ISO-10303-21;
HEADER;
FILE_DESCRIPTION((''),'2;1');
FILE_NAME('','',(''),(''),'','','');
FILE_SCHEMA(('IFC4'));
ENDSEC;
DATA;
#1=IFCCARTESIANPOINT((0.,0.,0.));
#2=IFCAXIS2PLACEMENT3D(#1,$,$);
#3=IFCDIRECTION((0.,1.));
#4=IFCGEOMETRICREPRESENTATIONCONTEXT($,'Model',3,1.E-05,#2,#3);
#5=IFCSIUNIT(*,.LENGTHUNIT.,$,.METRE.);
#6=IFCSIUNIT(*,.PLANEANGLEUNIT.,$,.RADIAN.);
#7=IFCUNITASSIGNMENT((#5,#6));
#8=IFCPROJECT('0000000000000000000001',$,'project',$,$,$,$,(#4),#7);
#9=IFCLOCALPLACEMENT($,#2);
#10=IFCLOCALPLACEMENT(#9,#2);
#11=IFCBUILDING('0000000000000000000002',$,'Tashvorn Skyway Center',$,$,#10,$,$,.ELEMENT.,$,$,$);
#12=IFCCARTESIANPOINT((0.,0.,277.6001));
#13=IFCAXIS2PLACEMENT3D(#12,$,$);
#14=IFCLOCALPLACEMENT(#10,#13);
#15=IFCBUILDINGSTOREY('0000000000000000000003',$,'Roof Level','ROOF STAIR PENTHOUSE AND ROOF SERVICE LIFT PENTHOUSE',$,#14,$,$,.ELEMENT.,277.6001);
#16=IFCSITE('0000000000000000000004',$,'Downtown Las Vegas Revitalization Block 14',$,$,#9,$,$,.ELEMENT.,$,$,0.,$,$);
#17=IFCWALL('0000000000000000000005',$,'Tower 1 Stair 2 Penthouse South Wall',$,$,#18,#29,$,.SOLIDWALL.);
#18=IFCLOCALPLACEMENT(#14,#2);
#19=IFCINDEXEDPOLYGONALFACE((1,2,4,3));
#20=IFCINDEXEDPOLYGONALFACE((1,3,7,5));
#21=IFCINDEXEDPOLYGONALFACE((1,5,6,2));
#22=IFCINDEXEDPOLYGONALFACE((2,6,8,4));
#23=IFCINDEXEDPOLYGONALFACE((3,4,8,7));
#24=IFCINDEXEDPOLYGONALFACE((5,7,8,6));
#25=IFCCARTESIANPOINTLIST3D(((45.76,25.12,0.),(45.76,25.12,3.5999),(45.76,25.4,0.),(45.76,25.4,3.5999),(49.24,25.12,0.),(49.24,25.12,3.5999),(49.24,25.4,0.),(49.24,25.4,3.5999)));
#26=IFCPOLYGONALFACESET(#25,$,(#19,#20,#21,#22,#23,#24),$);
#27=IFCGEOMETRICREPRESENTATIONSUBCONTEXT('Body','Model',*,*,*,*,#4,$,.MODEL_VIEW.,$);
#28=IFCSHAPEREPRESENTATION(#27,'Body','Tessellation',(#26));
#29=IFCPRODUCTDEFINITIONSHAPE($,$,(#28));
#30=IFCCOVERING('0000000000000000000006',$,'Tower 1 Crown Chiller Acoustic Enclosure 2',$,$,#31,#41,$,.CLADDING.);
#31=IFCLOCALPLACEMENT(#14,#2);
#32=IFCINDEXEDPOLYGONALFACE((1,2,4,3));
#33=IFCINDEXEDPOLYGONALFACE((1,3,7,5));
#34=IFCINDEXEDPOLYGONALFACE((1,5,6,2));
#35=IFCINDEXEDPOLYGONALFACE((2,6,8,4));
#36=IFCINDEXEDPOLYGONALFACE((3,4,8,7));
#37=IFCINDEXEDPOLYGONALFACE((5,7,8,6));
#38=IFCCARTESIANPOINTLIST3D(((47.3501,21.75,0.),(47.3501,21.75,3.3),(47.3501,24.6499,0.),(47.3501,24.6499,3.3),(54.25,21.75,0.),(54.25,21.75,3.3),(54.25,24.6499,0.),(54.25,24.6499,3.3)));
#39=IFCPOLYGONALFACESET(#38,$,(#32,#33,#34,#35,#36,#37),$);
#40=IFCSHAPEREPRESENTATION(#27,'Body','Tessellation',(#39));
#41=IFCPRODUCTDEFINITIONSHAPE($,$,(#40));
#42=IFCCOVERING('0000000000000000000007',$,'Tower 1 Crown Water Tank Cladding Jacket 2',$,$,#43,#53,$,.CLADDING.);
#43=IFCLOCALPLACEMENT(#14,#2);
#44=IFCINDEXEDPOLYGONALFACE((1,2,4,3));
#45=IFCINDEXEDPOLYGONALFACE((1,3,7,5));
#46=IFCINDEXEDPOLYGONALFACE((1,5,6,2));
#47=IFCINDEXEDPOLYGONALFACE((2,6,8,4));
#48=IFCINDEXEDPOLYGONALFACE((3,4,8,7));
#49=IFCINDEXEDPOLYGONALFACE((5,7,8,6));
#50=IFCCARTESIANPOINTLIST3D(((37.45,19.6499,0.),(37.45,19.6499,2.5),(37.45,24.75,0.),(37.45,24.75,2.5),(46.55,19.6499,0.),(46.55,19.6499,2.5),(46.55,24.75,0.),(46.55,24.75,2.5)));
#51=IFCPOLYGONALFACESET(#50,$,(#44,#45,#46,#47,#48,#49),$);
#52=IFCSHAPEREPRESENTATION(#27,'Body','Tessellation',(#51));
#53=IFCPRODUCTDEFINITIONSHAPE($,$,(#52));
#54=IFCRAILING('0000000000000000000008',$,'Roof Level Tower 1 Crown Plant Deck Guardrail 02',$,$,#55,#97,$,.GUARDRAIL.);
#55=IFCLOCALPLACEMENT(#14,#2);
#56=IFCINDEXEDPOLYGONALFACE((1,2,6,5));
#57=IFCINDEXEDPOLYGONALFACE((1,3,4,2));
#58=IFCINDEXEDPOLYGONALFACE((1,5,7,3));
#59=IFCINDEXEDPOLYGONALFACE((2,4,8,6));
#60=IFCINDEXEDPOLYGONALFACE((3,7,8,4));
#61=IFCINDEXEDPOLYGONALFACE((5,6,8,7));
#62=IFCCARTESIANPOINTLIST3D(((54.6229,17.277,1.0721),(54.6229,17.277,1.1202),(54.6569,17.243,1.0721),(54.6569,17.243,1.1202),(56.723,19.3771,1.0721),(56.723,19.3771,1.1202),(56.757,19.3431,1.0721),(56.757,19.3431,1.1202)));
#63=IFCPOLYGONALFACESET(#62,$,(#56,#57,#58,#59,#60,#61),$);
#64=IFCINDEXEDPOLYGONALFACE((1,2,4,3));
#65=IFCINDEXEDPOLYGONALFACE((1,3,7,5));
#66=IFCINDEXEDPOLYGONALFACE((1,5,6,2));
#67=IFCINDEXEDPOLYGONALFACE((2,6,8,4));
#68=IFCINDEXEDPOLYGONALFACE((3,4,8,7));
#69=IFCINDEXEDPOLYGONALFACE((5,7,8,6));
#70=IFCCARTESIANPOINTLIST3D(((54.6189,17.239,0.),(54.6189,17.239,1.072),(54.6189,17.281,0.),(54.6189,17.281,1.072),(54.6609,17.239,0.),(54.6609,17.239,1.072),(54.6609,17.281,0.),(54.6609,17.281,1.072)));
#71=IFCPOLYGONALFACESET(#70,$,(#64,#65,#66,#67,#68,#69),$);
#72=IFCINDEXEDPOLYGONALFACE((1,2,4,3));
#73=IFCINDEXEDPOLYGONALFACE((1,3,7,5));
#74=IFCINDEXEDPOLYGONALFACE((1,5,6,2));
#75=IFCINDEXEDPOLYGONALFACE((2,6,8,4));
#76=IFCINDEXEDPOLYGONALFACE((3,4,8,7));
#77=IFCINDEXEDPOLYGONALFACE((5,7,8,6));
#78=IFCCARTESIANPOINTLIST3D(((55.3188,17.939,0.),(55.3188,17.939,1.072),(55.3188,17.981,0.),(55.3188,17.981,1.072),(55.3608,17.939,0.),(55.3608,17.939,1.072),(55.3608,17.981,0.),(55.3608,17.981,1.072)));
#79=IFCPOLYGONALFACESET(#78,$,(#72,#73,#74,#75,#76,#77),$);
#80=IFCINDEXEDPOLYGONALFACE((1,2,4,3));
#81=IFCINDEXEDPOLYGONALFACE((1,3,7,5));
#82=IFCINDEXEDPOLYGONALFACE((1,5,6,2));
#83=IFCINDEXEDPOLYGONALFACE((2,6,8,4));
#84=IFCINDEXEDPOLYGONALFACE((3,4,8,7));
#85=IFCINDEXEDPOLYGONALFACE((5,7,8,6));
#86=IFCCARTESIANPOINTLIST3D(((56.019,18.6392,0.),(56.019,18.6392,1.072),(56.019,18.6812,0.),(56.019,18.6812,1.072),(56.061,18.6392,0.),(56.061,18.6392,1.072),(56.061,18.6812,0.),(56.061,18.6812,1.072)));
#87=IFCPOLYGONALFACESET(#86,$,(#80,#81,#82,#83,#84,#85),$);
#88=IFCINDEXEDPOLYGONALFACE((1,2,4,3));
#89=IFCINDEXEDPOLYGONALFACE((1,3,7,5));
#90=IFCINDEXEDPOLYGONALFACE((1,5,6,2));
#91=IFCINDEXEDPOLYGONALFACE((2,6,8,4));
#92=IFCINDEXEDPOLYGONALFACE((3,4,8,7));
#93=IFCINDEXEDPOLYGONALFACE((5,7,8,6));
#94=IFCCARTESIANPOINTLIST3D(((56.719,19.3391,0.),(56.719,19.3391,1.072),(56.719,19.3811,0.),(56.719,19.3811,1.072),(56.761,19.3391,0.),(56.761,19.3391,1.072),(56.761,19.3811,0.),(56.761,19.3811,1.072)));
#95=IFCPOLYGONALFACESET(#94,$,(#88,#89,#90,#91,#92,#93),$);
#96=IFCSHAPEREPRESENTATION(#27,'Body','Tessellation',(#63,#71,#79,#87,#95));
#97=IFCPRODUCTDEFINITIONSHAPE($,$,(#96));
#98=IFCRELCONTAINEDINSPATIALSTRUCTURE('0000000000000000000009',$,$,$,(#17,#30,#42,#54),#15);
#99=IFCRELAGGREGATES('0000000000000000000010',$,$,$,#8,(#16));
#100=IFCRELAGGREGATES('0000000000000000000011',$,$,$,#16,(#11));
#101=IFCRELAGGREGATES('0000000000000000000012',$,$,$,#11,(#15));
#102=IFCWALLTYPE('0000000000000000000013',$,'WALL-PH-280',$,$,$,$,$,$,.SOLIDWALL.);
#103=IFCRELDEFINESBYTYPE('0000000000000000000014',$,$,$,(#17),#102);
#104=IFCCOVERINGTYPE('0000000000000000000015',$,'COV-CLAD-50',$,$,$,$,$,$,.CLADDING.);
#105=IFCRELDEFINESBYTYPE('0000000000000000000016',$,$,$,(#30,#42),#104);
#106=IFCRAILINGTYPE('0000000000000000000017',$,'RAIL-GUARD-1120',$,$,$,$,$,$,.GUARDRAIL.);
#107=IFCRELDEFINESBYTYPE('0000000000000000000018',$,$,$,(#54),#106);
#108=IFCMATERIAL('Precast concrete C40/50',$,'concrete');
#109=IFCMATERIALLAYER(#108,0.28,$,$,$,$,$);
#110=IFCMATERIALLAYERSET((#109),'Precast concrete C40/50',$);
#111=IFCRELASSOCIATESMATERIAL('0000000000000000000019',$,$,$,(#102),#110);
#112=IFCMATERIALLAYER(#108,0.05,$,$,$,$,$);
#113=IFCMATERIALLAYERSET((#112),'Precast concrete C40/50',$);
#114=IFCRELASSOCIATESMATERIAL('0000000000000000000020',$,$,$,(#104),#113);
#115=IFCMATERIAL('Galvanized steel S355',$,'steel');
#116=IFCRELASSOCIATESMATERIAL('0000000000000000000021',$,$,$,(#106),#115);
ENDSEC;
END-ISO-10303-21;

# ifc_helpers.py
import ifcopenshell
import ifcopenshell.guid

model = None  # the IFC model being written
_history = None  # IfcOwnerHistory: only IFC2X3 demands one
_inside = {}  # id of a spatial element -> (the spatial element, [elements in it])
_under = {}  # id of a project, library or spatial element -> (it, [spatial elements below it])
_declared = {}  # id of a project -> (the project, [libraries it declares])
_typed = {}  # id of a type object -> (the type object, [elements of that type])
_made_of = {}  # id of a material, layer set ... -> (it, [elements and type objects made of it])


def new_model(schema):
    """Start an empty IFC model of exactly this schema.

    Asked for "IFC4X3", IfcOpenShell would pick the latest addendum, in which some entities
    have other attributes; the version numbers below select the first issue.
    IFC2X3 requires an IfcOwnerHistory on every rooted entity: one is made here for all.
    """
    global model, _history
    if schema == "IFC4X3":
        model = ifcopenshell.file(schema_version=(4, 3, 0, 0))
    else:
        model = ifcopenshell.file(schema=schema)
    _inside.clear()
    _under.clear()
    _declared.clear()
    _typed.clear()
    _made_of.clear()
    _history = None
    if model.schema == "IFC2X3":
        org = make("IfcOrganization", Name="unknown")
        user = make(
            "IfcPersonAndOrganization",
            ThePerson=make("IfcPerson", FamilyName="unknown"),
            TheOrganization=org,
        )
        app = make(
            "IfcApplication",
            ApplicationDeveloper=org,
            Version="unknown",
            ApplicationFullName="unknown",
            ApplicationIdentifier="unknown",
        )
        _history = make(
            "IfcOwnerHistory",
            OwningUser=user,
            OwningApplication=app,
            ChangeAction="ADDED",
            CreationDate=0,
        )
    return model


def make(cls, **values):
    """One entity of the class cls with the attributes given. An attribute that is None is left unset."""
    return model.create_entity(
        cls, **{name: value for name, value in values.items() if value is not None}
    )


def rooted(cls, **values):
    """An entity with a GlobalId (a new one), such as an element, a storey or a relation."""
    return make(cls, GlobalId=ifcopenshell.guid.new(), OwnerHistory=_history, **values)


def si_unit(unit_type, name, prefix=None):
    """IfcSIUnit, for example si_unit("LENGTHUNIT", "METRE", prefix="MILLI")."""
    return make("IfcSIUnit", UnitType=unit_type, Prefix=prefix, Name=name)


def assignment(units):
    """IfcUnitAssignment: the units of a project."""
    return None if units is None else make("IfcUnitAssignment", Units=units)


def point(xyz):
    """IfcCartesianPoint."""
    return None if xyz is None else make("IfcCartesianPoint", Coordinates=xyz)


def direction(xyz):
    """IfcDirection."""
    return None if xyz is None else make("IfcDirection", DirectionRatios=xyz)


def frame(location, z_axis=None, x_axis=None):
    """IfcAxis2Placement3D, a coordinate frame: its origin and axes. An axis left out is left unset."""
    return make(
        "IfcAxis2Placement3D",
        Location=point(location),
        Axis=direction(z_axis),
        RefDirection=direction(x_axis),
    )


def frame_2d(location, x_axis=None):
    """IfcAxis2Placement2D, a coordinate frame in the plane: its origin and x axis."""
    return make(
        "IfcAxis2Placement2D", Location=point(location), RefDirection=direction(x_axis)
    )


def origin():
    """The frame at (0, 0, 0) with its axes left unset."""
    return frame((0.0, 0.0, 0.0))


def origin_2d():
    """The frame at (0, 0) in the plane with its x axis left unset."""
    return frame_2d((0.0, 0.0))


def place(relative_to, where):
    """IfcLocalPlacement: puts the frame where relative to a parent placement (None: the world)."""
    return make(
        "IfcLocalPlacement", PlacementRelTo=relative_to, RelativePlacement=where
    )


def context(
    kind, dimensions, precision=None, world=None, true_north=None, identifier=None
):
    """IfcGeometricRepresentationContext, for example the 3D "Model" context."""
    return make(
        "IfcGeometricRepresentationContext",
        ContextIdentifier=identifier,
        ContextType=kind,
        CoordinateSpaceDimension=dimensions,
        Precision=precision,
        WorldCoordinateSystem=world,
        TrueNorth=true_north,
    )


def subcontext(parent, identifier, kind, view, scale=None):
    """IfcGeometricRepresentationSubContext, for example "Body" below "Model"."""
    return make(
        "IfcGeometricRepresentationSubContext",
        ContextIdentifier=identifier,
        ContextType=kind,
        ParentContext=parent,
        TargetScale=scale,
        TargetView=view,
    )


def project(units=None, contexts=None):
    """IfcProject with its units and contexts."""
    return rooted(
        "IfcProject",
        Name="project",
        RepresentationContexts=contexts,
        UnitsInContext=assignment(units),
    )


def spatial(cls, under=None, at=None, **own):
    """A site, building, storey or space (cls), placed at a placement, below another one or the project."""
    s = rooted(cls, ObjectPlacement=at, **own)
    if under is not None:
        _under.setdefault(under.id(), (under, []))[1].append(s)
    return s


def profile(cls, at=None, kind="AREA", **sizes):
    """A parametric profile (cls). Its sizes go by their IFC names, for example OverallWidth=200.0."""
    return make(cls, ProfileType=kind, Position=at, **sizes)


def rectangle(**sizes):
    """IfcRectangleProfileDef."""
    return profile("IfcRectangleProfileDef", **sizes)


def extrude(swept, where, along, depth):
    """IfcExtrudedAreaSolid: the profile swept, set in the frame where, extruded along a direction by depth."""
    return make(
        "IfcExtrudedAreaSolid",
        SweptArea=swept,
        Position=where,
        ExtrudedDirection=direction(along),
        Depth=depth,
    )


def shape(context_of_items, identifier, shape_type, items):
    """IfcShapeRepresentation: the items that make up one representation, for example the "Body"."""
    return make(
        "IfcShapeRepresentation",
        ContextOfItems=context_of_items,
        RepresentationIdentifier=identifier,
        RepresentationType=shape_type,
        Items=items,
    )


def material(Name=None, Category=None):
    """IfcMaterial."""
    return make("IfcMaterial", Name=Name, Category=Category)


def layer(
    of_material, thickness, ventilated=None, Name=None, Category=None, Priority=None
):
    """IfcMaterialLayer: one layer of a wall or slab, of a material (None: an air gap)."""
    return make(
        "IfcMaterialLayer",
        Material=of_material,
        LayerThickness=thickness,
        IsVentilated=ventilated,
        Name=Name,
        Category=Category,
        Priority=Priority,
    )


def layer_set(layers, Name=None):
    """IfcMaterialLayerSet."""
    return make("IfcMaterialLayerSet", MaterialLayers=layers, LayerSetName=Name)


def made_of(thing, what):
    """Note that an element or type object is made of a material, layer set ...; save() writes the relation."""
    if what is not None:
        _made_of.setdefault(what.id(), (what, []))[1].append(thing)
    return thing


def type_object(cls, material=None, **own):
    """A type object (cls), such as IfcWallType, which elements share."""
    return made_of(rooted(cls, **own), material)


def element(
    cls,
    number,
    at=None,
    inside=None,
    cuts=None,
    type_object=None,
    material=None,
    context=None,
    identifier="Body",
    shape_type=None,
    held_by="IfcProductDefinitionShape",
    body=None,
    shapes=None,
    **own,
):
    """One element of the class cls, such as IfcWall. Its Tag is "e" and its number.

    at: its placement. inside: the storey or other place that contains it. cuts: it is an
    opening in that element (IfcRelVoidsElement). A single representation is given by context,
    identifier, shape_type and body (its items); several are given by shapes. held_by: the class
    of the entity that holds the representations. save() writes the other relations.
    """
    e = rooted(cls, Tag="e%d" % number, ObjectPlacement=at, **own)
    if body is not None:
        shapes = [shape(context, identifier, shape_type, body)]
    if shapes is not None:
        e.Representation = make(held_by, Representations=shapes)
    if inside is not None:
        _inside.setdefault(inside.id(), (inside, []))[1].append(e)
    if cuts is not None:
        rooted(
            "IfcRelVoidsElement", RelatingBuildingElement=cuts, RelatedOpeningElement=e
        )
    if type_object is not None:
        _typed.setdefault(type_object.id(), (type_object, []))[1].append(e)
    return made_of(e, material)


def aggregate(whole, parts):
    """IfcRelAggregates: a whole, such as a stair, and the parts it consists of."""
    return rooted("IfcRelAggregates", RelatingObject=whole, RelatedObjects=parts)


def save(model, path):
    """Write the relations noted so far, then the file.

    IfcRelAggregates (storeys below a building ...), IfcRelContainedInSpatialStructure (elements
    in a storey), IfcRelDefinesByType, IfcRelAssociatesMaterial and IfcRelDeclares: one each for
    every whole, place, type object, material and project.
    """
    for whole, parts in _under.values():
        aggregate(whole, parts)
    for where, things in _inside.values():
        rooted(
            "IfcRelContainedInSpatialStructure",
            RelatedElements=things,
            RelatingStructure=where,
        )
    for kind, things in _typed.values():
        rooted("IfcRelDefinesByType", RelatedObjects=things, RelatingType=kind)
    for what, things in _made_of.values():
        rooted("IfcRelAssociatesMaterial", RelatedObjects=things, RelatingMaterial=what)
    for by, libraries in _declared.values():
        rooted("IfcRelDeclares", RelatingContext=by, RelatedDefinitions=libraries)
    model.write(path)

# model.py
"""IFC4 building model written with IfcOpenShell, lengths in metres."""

from ifc_helpers import new_model, si_unit, direction, frame, frame_2d, origin, origin_2d, place, context, subcontext, project, spatial, rectangle, extrude, material, layer, layer_set, type_object, element, save


model = new_model("IFC4")

# Units and contexts
model_context = context("Model", 3, precision=1e-05, world=origin(), true_north=direction((0.0, 1.0)))
body_context = subcontext(model_context, "Body", "Model", "MODEL_VIEW")
ifc_project = project(units=[si_unit("LENGTHUNIT", "METRE"), si_unit("PLANEANGLEUNIT", "RADIAN")], contexts=[model_context])

# Site, building, storey
site_placement = place(None, origin())
site = spatial("IfcSite", under=ifc_project, at=site_placement, Name="Downtown Las Vegas Revitalization Block 14", CompositionType="ELEMENT", RefElevation=0.0)
building_placement = place(site_placement, origin())
building = spatial("IfcBuilding", under=site, at=building_placement, Name="Tashvorn Skyway Center", CompositionType="ELEMENT")
storey_placement = place(building_placement, frame((0.0, 0.0, 277.6001)))
storey = spatial("IfcBuildingStorey", under=building, at=storey_placement, Name="Roof Level", Description="ROOF STAIR PENTHOUSE AND ROOF SERVICE LIFT PENTHOUSE", CompositionType="ELEMENT", Elevation=277.6001)

# Wall
ifc_material_1 = material(Name="Precast concrete C40/50", Category="concrete")
ifc_layer_1 = layer(ifc_material_1, 0.28)
ifc_layer_set_1 = layer_set([ifc_layer_1], Name="Precast concrete C40/50")
wall_type_1 = type_object("IfcWallType", Name="WALL-PH-280", PredefinedType="SOLIDWALL", material=ifc_layer_set_1)
wall_1_placement = place(storey_placement, frame((49.24, 25.26, 0.0), z_axis=(0.0, 0.0, 1.0), x_axis=(-1.0, 0.0, 0.0)))
element("IfcWall", 1, at=wall_1_placement, inside=storey, type_object=wall_type_1, Name="Tower 1 Stair 2 Penthouse South Wall", PredefinedType="SOLIDWALL", context=body_context, shape_type="SweptSolid", body=[
    extrude(rectangle(XDim=3.48, YDim=0.28, at=frame_2d((1.74, 0.0))), origin(), (0.0, 0.0, 1.0), 3.5999),
])

# Coverings
ifc_layer_2 = layer(ifc_material_1, 0.05)
ifc_layer_set_2 = layer_set([ifc_layer_2], Name="Precast concrete C40/50")
covering_type = type_object("IfcCoveringType", Name="COV-CLAD-50", PredefinedType="CLADDING", material=ifc_layer_set_2)
covering_1_placement = place(storey_placement, frame((50.8, 23.2, 0.0), z_axis=(0.0, 0.0, 1.0), x_axis=(1.0, 0.0, 0.0)))
element("IfcCovering", 2, at=covering_1_placement, inside=storey, type_object=covering_type, Name="Tower 1 Crown Chiller Acoustic Enclosure 2", PredefinedType="CLADDING", context=body_context, shape_type="SweptSolid", body=[
    extrude(rectangle(XDim=6.8999, YDim=2.8999, at=origin_2d()), origin(), (0.0, 0.0, 1.0), 3.3),
])
covering_2_placement = place(storey_placement, frame((42.0, 22.2, 0.0), z_axis=(0.0, 0.0, 1.0), x_axis=(1.0, 0.0, 0.0)))
element("IfcCovering", 3, at=covering_2_placement, inside=storey, type_object=covering_type, Name="Tower 1 Crown Water Tank Cladding Jacket 2", PredefinedType="CLADDING", context=body_context, shape_type="SweptSolid", body=[
    extrude(rectangle(XDim=9.1001, YDim=5.1001, at=origin_2d()), origin(), (0.0, 0.0, 1.0), 2.5),
])

# Railing
ifc_material_2 = material(Name="Galvanized steel S355", Category="steel")
railing_type_1 = type_object("IfcRailingType", Name="RAIL-GUARD-1120", PredefinedType="GUARDRAIL", material=ifc_material_2)
railing_1_placement = place(storey_placement, frame((54.6399, 17.26, 0.0)))
element("IfcRailing", 4, at=railing_1_placement, inside=storey, type_object=railing_type_1, Name="Roof Level Tower 1 Crown Plant Deck Guardrail 02", PredefinedType="GUARDRAIL", context=body_context, shape_type="SweptSolid", body=[
    extrude(rectangle(XDim=0.0481, YDim=0.0481, at=origin_2d()), frame((0.0, 0.0, 1.0962), z_axis=(0.707107, 0.707107, 0.0), x_axis=(-0.707107, 0.707107, 0.0)), (0.0, 0.0, 1.0), 2.97),
    extrude(rectangle(XDim=0.042, YDim=0.042, at=origin_2d()), origin(), (0.0, 0.0, 1.0), 1.072),
    extrude(rectangle(XDim=0.042, YDim=0.042, at=origin_2d()), frame((0.7, 0.7, 0.0)), (0.0, 0.0, 1.0), 1.072),
    extrude(rectangle(XDim=0.042, YDim=0.042, at=origin_2d()), frame((1.4001, 1.4001, 0.0)), (0.0, 0.0, 1.0), 1.072),
    extrude(rectangle(XDim=0.042, YDim=0.042, at=origin_2d()), frame((2.1001, 2.1001, 0.0)), (0.0, 0.0, 1.0), 1.072),
])

save(model, "model.ifc")
